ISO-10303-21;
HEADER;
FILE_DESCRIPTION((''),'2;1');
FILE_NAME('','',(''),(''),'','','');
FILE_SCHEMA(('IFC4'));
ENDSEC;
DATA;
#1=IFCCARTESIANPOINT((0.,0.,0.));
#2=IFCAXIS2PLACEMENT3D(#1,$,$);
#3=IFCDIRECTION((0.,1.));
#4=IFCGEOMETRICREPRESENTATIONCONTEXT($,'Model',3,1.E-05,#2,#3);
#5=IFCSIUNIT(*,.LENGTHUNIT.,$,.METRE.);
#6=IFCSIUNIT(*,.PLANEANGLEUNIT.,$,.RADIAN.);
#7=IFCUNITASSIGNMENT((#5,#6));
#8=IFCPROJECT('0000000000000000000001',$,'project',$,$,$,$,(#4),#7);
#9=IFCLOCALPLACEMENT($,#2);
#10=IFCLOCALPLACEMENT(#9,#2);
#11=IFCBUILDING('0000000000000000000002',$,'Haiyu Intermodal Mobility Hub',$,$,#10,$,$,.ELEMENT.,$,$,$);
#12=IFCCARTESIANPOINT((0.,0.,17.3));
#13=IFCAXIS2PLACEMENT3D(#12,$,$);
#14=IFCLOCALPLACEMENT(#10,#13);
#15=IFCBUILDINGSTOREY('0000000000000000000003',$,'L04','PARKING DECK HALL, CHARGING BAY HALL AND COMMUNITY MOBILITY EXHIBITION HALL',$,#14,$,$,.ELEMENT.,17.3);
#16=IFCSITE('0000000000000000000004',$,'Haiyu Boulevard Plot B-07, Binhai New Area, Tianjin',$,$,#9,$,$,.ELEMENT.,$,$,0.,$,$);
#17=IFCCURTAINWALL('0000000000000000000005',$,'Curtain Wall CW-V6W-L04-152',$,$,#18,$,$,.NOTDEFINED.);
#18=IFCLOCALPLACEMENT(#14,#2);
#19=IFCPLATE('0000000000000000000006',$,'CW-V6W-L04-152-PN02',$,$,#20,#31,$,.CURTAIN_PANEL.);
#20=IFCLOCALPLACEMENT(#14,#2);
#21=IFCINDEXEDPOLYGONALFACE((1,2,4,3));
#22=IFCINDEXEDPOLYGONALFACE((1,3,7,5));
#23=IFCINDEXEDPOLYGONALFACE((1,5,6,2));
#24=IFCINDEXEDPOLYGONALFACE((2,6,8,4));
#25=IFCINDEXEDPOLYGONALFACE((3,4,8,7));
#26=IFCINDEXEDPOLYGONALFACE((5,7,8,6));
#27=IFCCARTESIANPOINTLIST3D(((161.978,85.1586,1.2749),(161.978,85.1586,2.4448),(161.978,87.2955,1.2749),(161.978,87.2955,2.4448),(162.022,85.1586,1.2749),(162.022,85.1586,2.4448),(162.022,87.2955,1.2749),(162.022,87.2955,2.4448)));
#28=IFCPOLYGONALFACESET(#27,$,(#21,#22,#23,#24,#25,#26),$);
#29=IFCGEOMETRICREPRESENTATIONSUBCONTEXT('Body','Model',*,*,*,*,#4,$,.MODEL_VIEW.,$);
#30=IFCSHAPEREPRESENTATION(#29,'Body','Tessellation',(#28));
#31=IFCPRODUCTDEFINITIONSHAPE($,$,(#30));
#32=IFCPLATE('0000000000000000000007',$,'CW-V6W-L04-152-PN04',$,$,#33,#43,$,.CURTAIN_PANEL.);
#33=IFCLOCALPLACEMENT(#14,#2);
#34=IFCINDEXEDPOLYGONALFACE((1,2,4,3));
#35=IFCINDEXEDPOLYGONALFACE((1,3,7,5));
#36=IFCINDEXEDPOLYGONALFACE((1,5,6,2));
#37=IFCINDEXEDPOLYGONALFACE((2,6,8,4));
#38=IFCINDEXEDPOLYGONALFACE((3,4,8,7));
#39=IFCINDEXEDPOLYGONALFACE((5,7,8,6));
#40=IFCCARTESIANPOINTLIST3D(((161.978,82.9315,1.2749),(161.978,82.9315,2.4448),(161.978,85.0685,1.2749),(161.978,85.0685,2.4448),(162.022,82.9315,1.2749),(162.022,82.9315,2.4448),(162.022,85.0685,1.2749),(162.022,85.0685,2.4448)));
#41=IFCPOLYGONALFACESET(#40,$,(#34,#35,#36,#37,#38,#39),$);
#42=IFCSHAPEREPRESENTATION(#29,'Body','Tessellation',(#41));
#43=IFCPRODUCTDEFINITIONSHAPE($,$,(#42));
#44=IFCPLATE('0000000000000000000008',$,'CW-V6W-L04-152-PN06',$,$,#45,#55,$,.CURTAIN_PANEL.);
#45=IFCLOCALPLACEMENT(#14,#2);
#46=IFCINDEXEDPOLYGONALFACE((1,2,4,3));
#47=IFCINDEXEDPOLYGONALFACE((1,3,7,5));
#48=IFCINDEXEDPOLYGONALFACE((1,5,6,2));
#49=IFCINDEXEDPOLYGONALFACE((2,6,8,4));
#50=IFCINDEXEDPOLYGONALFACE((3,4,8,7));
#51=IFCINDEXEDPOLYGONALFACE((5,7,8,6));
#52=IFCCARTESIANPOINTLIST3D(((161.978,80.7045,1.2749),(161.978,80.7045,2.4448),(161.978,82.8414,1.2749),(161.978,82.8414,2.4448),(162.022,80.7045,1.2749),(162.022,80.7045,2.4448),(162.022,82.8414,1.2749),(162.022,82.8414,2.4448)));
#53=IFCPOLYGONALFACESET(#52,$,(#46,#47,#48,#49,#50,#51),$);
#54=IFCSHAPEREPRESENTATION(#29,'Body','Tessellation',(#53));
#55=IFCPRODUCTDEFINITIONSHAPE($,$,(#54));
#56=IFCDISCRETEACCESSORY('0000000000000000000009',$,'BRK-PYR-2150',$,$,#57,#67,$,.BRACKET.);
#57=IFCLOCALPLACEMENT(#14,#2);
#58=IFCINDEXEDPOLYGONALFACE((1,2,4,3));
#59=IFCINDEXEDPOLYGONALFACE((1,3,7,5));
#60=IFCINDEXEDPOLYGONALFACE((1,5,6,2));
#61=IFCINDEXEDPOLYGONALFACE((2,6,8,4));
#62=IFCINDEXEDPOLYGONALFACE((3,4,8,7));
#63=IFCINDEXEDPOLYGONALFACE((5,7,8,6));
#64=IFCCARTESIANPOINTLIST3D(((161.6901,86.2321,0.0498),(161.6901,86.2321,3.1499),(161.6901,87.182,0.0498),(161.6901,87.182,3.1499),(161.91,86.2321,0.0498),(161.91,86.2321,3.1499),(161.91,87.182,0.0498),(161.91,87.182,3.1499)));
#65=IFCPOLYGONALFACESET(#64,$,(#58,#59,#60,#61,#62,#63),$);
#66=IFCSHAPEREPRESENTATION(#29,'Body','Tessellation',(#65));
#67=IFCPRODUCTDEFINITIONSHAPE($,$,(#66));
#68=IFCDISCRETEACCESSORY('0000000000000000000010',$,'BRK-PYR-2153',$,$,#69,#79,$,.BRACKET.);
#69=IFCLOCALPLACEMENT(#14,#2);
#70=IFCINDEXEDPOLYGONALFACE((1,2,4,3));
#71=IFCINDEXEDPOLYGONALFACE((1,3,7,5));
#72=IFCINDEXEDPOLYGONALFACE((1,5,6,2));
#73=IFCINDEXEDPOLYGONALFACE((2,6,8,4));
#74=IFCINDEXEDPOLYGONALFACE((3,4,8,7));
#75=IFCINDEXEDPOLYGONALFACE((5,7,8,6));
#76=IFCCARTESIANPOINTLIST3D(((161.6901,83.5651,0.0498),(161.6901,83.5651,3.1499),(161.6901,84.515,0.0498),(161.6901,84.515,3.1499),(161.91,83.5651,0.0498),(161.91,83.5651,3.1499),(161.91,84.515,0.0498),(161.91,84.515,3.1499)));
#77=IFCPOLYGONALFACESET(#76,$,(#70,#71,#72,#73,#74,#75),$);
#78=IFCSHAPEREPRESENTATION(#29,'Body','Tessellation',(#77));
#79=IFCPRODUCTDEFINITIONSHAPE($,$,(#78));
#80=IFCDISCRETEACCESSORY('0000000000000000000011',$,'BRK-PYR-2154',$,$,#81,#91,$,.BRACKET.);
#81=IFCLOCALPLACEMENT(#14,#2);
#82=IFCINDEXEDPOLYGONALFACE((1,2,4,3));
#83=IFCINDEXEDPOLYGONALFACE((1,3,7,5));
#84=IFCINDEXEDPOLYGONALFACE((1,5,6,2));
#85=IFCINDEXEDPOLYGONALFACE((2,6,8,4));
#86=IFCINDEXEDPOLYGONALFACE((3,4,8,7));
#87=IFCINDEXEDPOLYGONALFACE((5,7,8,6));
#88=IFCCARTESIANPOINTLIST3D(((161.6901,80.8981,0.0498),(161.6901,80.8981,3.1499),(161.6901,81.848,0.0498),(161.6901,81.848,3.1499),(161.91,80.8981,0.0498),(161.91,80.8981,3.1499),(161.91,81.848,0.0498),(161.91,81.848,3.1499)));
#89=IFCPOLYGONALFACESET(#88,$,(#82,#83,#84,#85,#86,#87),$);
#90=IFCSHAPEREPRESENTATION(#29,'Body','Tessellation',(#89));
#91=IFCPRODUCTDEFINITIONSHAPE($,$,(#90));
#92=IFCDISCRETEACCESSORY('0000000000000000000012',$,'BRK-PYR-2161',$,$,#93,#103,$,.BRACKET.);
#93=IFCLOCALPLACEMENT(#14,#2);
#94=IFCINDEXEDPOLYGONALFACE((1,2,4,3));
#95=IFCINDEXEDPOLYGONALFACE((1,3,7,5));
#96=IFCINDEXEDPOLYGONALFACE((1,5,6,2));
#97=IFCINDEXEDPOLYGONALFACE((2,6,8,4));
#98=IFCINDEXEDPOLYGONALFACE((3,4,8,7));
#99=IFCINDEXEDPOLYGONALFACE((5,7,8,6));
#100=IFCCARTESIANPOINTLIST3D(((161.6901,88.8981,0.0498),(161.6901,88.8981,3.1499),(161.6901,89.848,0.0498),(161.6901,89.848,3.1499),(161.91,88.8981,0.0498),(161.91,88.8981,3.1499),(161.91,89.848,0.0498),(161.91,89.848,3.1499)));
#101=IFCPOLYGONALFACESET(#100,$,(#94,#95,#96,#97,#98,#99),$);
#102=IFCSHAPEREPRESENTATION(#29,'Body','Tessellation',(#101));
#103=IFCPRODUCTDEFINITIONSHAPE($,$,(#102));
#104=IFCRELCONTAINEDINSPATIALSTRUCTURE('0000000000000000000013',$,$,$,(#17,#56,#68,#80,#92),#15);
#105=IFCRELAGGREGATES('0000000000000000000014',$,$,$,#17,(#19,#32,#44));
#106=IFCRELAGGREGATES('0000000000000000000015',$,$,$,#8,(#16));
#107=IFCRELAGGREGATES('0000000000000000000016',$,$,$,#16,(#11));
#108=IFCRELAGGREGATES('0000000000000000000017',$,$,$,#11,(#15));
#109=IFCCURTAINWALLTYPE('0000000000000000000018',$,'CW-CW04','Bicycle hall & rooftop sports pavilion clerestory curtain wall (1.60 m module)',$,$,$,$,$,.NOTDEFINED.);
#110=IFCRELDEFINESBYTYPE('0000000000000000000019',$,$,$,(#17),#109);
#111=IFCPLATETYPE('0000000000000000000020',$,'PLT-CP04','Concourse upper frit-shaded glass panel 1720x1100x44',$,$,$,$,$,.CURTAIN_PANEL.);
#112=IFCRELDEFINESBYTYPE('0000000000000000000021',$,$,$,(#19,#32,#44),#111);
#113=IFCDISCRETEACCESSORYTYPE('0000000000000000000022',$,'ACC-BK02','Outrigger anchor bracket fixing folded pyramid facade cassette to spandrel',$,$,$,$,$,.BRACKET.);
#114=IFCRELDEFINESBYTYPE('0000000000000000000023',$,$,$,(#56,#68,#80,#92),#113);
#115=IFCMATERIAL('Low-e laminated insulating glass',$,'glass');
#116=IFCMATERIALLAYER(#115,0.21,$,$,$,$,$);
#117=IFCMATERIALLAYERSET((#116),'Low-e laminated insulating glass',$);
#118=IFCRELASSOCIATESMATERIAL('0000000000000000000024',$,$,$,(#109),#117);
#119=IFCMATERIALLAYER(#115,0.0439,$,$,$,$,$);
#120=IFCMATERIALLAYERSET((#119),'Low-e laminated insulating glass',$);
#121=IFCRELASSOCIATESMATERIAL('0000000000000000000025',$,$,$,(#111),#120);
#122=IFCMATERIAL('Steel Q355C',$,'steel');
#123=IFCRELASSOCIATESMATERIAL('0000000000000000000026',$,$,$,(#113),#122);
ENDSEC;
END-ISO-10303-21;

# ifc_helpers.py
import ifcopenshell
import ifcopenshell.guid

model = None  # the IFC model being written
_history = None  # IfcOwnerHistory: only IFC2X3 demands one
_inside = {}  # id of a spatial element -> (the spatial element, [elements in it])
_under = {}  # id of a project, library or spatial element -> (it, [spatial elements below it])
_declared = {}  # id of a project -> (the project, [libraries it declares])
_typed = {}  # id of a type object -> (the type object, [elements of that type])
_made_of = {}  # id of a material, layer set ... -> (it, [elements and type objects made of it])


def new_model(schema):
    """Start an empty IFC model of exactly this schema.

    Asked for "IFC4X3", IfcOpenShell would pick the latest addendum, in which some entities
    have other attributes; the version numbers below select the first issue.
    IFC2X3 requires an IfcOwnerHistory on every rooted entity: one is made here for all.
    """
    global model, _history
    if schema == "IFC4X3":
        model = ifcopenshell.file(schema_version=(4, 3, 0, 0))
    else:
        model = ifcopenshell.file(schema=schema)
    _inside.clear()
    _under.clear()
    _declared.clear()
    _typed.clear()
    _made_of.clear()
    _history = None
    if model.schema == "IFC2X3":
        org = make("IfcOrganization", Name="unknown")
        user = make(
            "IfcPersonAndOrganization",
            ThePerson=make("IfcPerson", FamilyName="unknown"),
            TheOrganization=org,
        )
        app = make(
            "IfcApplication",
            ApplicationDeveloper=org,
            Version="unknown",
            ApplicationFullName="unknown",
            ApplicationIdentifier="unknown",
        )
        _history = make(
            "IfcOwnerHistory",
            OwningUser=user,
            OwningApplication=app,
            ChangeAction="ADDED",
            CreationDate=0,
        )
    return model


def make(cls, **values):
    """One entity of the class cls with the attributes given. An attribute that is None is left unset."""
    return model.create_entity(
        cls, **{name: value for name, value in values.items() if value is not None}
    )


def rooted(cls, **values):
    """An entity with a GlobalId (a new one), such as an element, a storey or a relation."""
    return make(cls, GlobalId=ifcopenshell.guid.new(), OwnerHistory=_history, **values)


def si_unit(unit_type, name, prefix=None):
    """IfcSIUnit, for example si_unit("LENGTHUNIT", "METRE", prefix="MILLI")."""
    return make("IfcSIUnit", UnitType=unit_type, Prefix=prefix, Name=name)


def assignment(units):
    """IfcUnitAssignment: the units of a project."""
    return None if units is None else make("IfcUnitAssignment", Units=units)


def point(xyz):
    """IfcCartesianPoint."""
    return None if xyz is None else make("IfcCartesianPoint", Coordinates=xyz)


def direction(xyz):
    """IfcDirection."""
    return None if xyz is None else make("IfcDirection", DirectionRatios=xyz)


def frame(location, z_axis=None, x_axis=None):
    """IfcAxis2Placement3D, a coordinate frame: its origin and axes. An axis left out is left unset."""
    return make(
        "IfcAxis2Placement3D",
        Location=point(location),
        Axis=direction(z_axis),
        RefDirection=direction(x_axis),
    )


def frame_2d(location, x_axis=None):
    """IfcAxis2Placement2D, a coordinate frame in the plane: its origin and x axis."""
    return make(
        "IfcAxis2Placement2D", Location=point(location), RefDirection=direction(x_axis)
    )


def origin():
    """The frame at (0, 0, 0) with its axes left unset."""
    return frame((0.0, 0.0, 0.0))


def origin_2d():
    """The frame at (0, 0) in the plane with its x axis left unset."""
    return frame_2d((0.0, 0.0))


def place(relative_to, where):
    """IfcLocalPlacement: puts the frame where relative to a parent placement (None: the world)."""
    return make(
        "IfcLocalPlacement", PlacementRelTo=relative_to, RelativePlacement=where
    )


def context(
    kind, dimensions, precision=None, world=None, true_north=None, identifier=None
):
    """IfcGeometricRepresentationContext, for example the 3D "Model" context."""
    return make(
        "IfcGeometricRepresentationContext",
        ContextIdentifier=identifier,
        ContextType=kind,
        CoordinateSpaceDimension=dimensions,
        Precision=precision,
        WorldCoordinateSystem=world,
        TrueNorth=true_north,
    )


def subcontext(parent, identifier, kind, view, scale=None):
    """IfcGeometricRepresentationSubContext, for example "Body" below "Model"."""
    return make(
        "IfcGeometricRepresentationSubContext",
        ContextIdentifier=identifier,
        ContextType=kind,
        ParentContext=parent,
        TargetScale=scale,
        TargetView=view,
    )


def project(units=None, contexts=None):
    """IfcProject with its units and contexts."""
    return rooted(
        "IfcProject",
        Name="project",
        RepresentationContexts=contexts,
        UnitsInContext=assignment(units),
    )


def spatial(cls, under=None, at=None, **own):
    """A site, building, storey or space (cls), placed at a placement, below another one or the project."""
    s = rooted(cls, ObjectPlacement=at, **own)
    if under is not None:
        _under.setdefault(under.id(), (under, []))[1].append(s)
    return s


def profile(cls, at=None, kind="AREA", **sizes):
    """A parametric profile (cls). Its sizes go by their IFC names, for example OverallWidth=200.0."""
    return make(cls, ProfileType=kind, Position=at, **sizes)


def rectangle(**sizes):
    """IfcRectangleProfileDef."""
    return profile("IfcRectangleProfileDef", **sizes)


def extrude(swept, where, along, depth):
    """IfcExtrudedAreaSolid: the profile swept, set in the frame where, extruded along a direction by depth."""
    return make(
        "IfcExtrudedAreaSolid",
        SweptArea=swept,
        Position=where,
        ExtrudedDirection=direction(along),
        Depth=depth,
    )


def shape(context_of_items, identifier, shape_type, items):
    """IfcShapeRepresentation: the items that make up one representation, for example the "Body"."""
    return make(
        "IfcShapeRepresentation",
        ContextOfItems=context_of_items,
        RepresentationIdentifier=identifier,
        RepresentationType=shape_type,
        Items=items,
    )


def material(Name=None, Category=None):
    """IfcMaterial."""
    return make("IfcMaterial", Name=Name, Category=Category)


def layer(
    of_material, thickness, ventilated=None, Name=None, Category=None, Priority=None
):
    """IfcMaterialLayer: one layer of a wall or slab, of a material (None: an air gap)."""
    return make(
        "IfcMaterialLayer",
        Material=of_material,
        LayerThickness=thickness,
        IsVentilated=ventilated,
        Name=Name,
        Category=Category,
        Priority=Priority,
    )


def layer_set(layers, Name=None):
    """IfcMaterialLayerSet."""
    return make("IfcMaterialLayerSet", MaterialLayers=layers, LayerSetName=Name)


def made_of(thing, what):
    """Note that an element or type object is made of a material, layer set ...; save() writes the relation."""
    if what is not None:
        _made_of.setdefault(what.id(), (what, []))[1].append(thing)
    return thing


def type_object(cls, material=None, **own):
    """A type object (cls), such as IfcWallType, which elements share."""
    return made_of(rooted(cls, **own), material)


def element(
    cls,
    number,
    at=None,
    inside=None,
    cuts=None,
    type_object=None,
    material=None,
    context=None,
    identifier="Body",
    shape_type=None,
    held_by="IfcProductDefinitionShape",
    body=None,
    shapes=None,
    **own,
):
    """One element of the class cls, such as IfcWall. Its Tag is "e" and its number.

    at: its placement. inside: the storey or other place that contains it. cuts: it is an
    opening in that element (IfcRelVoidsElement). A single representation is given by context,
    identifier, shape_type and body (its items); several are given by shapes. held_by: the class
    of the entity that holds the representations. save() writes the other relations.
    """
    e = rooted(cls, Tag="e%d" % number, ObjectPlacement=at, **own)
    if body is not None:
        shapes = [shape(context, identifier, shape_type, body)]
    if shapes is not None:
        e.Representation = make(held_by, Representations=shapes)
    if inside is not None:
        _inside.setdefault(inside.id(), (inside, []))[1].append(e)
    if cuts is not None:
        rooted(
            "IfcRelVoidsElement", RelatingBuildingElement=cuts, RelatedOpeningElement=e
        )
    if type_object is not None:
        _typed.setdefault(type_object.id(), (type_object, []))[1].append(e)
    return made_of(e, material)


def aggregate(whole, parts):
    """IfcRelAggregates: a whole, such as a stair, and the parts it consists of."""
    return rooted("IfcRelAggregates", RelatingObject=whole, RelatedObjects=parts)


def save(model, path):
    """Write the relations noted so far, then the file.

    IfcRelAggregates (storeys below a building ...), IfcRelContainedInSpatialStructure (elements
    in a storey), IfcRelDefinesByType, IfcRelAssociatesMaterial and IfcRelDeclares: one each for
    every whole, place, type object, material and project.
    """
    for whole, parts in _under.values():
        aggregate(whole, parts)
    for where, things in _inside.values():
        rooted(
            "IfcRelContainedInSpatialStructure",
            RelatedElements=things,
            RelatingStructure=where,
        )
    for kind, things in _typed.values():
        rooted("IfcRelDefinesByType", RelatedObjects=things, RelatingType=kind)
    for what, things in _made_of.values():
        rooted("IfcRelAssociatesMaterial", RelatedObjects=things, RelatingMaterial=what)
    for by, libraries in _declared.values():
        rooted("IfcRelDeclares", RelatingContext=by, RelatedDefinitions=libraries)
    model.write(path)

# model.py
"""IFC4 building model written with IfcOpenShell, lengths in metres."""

from ifc_helpers import new_model, si_unit, direction, frame, origin, origin_2d, place, context, subcontext, project, spatial, rectangle, extrude, material, layer, layer_set, type_object, element, aggregate, save


model = new_model("IFC4")

# Units and contexts
model_context = context("Model", 3, precision=1e-05, world=origin(), true_north=direction((0.0, 1.0)))
body_context = subcontext(model_context, "Body", "Model", "MODEL_VIEW")
ifc_project = project(units=[si_unit("LENGTHUNIT", "METRE"), si_unit("PLANEANGLEUNIT", "RADIAN")], contexts=[model_context])

# Site, building, storey
site_placement = place(None, origin())
site = spatial("IfcSite", under=ifc_project, at=site_placement, Name="Haiyu Boulevard Plot B-07, Binhai New Area, Tianjin", CompositionType="ELEMENT", RefElevation=0.0)
building_placement = place(site_placement, origin())
building = spatial("IfcBuilding", under=site, at=building_placement, Name="Haiyu Intermodal Mobility Hub", CompositionType="ELEMENT")
storey_placement = place(building_placement, frame((0.0, 0.0, 17.3)))
storey = spatial("IfcBuildingStorey", under=building, at=storey_placement, Name="L04", Description="PARKING DECK HALL, CHARGING BAY HALL AND COMMUNITY MOBILITY EXHIBITION HALL", CompositionType="ELEMENT", Elevation=17.3)

# Curtain wall
ifc_material_1 = material(Name="Low-e laminated insulating glass", Category="glass")
ifc_layer_1 = layer(ifc_material_1, 0.21)
ifc_layer_set_1 = layer_set([ifc_layer_1], Name="Low-e laminated insulating glass")
curtain_wall_type = type_object("IfcCurtainWallType", Name="CW-CW04", Description="Bicycle hall & rooftop sports pavilion clerestory curtain wall (1.60 m module)", PredefinedType="NOTDEFINED", material=ifc_layer_set_1)
curtain_wall_1_placement = place(storey_placement, origin())
curtain_wall_1 = element("IfcCurtainWall", 1, at=curtain_wall_1_placement, inside=storey, type_object=curtain_wall_type, Name="Curtain Wall CW-V6W-L04-152", PredefinedType="NOTDEFINED")

# Plates
ifc_layer_2 = layer(ifc_material_1, 0.0439)
ifc_layer_set_2 = layer_set([ifc_layer_2], Name="Low-e laminated insulating glass")
plate_type_1 = type_object("IfcPlateType", Name="PLT-CP04", Description="Concourse upper frit-shaded glass panel 1720x1100x44", PredefinedType="CURTAIN_PANEL", material=ifc_layer_set_2)
plate_1_placement = place(storey_placement, frame((162.0, 86.2271, 1.2749), z_axis=(0.0, 0.0, 1.0), x_axis=(0.0, -1.0, 0.0)))
plate_1 = element("IfcPlate", 2, at=plate_1_placement, type_object=plate_type_1, Name="CW-V6W-L04-152-PN02", PredefinedType="CURTAIN_PANEL", context=body_context, shape_type="SweptSolid", body=[
    extrude(rectangle(XDim=2.137, YDim=0.0439, at=origin_2d()), origin(), (0.0, 0.0, 1.0), 1.1699),
])
plate_2_placement = place(storey_placement, frame((162.0, 84.0, 1.2749), z_axis=(0.0, 0.0, 1.0), x_axis=(0.0, -1.0, 0.0)))
plate_2 = element("IfcPlate", 3, at=plate_2_placement, type_object=plate_type_1, Name="CW-V6W-L04-152-PN04", PredefinedType="CURTAIN_PANEL", context=body_context, shape_type="SweptSolid", body=[
    extrude(rectangle(XDim=2.137, YDim=0.0439, at=origin_2d()), origin(), (0.0, 0.0, 1.0), 1.1699),
])
plate_3_placement = place(storey_placement, frame((162.0, 81.7729, 1.2749), z_axis=(0.0, 0.0, 1.0), x_axis=(0.0, -1.0, 0.0)))
plate_3 = element("IfcPlate", 4, at=plate_3_placement, type_object=plate_type_1, Name="CW-V6W-L04-152-PN06", PredefinedType="CURTAIN_PANEL", context=body_context, shape_type="SweptSolid", body=[
    extrude(rectangle(XDim=2.137, YDim=0.0439, at=origin_2d()), origin(), (0.0, 0.0, 1.0), 1.1699),
])
aggregate(curtain_wall_1, [plate_1, plate_2, plate_3])

# Discrete accessories
ifc_material_2 = material(Name="Steel Q355C", Category="steel")
discrete_accessory_type = type_object("IfcDiscreteAccessoryType", Name="ACC-BK02", Description="Outrigger anchor bracket fixing folded pyramid facade cassette to spandrel", PredefinedType="BRACKET", material=ifc_material_2)
for number, where, z_axis, x_axis, name in (
    (5, (161.8, 86.707, 0.0498), (0.0, 0.0, 1.0), (1.0, 0.0, 0.0), "BRK-PYR-2150"),
    (6, (161.8, 84.04, 0.0498), (0.0, 0.0, 1.0), (1.0, 0.0, 0.0), "BRK-PYR-2153"),
    (7, (161.8, 81.373, 0.0498), (0.0, 0.0, 1.0), (1.0, 0.0, 0.0), "BRK-PYR-2154"),
    (8, (161.8, 89.373, 0.0498), (0.0, 0.0, 1.0), (1.0, 0.0, 0.0), "BRK-PYR-2161"),
):
    element("IfcDiscreteAccessory", number, at=place(storey_placement, frame(where, z_axis=z_axis, x_axis=x_axis)), inside=storey, type_object=discrete_accessory_type, Name=name, PredefinedType="BRACKET", context=body_context, shape_type="SweptSolid", body=[
        extrude(rectangle(XDim=0.22, YDim=0.95, at=origin_2d()), origin(), (0.0, 0.0, 1.0), 3.1001),
    ])

save(model, "model.ifc")
